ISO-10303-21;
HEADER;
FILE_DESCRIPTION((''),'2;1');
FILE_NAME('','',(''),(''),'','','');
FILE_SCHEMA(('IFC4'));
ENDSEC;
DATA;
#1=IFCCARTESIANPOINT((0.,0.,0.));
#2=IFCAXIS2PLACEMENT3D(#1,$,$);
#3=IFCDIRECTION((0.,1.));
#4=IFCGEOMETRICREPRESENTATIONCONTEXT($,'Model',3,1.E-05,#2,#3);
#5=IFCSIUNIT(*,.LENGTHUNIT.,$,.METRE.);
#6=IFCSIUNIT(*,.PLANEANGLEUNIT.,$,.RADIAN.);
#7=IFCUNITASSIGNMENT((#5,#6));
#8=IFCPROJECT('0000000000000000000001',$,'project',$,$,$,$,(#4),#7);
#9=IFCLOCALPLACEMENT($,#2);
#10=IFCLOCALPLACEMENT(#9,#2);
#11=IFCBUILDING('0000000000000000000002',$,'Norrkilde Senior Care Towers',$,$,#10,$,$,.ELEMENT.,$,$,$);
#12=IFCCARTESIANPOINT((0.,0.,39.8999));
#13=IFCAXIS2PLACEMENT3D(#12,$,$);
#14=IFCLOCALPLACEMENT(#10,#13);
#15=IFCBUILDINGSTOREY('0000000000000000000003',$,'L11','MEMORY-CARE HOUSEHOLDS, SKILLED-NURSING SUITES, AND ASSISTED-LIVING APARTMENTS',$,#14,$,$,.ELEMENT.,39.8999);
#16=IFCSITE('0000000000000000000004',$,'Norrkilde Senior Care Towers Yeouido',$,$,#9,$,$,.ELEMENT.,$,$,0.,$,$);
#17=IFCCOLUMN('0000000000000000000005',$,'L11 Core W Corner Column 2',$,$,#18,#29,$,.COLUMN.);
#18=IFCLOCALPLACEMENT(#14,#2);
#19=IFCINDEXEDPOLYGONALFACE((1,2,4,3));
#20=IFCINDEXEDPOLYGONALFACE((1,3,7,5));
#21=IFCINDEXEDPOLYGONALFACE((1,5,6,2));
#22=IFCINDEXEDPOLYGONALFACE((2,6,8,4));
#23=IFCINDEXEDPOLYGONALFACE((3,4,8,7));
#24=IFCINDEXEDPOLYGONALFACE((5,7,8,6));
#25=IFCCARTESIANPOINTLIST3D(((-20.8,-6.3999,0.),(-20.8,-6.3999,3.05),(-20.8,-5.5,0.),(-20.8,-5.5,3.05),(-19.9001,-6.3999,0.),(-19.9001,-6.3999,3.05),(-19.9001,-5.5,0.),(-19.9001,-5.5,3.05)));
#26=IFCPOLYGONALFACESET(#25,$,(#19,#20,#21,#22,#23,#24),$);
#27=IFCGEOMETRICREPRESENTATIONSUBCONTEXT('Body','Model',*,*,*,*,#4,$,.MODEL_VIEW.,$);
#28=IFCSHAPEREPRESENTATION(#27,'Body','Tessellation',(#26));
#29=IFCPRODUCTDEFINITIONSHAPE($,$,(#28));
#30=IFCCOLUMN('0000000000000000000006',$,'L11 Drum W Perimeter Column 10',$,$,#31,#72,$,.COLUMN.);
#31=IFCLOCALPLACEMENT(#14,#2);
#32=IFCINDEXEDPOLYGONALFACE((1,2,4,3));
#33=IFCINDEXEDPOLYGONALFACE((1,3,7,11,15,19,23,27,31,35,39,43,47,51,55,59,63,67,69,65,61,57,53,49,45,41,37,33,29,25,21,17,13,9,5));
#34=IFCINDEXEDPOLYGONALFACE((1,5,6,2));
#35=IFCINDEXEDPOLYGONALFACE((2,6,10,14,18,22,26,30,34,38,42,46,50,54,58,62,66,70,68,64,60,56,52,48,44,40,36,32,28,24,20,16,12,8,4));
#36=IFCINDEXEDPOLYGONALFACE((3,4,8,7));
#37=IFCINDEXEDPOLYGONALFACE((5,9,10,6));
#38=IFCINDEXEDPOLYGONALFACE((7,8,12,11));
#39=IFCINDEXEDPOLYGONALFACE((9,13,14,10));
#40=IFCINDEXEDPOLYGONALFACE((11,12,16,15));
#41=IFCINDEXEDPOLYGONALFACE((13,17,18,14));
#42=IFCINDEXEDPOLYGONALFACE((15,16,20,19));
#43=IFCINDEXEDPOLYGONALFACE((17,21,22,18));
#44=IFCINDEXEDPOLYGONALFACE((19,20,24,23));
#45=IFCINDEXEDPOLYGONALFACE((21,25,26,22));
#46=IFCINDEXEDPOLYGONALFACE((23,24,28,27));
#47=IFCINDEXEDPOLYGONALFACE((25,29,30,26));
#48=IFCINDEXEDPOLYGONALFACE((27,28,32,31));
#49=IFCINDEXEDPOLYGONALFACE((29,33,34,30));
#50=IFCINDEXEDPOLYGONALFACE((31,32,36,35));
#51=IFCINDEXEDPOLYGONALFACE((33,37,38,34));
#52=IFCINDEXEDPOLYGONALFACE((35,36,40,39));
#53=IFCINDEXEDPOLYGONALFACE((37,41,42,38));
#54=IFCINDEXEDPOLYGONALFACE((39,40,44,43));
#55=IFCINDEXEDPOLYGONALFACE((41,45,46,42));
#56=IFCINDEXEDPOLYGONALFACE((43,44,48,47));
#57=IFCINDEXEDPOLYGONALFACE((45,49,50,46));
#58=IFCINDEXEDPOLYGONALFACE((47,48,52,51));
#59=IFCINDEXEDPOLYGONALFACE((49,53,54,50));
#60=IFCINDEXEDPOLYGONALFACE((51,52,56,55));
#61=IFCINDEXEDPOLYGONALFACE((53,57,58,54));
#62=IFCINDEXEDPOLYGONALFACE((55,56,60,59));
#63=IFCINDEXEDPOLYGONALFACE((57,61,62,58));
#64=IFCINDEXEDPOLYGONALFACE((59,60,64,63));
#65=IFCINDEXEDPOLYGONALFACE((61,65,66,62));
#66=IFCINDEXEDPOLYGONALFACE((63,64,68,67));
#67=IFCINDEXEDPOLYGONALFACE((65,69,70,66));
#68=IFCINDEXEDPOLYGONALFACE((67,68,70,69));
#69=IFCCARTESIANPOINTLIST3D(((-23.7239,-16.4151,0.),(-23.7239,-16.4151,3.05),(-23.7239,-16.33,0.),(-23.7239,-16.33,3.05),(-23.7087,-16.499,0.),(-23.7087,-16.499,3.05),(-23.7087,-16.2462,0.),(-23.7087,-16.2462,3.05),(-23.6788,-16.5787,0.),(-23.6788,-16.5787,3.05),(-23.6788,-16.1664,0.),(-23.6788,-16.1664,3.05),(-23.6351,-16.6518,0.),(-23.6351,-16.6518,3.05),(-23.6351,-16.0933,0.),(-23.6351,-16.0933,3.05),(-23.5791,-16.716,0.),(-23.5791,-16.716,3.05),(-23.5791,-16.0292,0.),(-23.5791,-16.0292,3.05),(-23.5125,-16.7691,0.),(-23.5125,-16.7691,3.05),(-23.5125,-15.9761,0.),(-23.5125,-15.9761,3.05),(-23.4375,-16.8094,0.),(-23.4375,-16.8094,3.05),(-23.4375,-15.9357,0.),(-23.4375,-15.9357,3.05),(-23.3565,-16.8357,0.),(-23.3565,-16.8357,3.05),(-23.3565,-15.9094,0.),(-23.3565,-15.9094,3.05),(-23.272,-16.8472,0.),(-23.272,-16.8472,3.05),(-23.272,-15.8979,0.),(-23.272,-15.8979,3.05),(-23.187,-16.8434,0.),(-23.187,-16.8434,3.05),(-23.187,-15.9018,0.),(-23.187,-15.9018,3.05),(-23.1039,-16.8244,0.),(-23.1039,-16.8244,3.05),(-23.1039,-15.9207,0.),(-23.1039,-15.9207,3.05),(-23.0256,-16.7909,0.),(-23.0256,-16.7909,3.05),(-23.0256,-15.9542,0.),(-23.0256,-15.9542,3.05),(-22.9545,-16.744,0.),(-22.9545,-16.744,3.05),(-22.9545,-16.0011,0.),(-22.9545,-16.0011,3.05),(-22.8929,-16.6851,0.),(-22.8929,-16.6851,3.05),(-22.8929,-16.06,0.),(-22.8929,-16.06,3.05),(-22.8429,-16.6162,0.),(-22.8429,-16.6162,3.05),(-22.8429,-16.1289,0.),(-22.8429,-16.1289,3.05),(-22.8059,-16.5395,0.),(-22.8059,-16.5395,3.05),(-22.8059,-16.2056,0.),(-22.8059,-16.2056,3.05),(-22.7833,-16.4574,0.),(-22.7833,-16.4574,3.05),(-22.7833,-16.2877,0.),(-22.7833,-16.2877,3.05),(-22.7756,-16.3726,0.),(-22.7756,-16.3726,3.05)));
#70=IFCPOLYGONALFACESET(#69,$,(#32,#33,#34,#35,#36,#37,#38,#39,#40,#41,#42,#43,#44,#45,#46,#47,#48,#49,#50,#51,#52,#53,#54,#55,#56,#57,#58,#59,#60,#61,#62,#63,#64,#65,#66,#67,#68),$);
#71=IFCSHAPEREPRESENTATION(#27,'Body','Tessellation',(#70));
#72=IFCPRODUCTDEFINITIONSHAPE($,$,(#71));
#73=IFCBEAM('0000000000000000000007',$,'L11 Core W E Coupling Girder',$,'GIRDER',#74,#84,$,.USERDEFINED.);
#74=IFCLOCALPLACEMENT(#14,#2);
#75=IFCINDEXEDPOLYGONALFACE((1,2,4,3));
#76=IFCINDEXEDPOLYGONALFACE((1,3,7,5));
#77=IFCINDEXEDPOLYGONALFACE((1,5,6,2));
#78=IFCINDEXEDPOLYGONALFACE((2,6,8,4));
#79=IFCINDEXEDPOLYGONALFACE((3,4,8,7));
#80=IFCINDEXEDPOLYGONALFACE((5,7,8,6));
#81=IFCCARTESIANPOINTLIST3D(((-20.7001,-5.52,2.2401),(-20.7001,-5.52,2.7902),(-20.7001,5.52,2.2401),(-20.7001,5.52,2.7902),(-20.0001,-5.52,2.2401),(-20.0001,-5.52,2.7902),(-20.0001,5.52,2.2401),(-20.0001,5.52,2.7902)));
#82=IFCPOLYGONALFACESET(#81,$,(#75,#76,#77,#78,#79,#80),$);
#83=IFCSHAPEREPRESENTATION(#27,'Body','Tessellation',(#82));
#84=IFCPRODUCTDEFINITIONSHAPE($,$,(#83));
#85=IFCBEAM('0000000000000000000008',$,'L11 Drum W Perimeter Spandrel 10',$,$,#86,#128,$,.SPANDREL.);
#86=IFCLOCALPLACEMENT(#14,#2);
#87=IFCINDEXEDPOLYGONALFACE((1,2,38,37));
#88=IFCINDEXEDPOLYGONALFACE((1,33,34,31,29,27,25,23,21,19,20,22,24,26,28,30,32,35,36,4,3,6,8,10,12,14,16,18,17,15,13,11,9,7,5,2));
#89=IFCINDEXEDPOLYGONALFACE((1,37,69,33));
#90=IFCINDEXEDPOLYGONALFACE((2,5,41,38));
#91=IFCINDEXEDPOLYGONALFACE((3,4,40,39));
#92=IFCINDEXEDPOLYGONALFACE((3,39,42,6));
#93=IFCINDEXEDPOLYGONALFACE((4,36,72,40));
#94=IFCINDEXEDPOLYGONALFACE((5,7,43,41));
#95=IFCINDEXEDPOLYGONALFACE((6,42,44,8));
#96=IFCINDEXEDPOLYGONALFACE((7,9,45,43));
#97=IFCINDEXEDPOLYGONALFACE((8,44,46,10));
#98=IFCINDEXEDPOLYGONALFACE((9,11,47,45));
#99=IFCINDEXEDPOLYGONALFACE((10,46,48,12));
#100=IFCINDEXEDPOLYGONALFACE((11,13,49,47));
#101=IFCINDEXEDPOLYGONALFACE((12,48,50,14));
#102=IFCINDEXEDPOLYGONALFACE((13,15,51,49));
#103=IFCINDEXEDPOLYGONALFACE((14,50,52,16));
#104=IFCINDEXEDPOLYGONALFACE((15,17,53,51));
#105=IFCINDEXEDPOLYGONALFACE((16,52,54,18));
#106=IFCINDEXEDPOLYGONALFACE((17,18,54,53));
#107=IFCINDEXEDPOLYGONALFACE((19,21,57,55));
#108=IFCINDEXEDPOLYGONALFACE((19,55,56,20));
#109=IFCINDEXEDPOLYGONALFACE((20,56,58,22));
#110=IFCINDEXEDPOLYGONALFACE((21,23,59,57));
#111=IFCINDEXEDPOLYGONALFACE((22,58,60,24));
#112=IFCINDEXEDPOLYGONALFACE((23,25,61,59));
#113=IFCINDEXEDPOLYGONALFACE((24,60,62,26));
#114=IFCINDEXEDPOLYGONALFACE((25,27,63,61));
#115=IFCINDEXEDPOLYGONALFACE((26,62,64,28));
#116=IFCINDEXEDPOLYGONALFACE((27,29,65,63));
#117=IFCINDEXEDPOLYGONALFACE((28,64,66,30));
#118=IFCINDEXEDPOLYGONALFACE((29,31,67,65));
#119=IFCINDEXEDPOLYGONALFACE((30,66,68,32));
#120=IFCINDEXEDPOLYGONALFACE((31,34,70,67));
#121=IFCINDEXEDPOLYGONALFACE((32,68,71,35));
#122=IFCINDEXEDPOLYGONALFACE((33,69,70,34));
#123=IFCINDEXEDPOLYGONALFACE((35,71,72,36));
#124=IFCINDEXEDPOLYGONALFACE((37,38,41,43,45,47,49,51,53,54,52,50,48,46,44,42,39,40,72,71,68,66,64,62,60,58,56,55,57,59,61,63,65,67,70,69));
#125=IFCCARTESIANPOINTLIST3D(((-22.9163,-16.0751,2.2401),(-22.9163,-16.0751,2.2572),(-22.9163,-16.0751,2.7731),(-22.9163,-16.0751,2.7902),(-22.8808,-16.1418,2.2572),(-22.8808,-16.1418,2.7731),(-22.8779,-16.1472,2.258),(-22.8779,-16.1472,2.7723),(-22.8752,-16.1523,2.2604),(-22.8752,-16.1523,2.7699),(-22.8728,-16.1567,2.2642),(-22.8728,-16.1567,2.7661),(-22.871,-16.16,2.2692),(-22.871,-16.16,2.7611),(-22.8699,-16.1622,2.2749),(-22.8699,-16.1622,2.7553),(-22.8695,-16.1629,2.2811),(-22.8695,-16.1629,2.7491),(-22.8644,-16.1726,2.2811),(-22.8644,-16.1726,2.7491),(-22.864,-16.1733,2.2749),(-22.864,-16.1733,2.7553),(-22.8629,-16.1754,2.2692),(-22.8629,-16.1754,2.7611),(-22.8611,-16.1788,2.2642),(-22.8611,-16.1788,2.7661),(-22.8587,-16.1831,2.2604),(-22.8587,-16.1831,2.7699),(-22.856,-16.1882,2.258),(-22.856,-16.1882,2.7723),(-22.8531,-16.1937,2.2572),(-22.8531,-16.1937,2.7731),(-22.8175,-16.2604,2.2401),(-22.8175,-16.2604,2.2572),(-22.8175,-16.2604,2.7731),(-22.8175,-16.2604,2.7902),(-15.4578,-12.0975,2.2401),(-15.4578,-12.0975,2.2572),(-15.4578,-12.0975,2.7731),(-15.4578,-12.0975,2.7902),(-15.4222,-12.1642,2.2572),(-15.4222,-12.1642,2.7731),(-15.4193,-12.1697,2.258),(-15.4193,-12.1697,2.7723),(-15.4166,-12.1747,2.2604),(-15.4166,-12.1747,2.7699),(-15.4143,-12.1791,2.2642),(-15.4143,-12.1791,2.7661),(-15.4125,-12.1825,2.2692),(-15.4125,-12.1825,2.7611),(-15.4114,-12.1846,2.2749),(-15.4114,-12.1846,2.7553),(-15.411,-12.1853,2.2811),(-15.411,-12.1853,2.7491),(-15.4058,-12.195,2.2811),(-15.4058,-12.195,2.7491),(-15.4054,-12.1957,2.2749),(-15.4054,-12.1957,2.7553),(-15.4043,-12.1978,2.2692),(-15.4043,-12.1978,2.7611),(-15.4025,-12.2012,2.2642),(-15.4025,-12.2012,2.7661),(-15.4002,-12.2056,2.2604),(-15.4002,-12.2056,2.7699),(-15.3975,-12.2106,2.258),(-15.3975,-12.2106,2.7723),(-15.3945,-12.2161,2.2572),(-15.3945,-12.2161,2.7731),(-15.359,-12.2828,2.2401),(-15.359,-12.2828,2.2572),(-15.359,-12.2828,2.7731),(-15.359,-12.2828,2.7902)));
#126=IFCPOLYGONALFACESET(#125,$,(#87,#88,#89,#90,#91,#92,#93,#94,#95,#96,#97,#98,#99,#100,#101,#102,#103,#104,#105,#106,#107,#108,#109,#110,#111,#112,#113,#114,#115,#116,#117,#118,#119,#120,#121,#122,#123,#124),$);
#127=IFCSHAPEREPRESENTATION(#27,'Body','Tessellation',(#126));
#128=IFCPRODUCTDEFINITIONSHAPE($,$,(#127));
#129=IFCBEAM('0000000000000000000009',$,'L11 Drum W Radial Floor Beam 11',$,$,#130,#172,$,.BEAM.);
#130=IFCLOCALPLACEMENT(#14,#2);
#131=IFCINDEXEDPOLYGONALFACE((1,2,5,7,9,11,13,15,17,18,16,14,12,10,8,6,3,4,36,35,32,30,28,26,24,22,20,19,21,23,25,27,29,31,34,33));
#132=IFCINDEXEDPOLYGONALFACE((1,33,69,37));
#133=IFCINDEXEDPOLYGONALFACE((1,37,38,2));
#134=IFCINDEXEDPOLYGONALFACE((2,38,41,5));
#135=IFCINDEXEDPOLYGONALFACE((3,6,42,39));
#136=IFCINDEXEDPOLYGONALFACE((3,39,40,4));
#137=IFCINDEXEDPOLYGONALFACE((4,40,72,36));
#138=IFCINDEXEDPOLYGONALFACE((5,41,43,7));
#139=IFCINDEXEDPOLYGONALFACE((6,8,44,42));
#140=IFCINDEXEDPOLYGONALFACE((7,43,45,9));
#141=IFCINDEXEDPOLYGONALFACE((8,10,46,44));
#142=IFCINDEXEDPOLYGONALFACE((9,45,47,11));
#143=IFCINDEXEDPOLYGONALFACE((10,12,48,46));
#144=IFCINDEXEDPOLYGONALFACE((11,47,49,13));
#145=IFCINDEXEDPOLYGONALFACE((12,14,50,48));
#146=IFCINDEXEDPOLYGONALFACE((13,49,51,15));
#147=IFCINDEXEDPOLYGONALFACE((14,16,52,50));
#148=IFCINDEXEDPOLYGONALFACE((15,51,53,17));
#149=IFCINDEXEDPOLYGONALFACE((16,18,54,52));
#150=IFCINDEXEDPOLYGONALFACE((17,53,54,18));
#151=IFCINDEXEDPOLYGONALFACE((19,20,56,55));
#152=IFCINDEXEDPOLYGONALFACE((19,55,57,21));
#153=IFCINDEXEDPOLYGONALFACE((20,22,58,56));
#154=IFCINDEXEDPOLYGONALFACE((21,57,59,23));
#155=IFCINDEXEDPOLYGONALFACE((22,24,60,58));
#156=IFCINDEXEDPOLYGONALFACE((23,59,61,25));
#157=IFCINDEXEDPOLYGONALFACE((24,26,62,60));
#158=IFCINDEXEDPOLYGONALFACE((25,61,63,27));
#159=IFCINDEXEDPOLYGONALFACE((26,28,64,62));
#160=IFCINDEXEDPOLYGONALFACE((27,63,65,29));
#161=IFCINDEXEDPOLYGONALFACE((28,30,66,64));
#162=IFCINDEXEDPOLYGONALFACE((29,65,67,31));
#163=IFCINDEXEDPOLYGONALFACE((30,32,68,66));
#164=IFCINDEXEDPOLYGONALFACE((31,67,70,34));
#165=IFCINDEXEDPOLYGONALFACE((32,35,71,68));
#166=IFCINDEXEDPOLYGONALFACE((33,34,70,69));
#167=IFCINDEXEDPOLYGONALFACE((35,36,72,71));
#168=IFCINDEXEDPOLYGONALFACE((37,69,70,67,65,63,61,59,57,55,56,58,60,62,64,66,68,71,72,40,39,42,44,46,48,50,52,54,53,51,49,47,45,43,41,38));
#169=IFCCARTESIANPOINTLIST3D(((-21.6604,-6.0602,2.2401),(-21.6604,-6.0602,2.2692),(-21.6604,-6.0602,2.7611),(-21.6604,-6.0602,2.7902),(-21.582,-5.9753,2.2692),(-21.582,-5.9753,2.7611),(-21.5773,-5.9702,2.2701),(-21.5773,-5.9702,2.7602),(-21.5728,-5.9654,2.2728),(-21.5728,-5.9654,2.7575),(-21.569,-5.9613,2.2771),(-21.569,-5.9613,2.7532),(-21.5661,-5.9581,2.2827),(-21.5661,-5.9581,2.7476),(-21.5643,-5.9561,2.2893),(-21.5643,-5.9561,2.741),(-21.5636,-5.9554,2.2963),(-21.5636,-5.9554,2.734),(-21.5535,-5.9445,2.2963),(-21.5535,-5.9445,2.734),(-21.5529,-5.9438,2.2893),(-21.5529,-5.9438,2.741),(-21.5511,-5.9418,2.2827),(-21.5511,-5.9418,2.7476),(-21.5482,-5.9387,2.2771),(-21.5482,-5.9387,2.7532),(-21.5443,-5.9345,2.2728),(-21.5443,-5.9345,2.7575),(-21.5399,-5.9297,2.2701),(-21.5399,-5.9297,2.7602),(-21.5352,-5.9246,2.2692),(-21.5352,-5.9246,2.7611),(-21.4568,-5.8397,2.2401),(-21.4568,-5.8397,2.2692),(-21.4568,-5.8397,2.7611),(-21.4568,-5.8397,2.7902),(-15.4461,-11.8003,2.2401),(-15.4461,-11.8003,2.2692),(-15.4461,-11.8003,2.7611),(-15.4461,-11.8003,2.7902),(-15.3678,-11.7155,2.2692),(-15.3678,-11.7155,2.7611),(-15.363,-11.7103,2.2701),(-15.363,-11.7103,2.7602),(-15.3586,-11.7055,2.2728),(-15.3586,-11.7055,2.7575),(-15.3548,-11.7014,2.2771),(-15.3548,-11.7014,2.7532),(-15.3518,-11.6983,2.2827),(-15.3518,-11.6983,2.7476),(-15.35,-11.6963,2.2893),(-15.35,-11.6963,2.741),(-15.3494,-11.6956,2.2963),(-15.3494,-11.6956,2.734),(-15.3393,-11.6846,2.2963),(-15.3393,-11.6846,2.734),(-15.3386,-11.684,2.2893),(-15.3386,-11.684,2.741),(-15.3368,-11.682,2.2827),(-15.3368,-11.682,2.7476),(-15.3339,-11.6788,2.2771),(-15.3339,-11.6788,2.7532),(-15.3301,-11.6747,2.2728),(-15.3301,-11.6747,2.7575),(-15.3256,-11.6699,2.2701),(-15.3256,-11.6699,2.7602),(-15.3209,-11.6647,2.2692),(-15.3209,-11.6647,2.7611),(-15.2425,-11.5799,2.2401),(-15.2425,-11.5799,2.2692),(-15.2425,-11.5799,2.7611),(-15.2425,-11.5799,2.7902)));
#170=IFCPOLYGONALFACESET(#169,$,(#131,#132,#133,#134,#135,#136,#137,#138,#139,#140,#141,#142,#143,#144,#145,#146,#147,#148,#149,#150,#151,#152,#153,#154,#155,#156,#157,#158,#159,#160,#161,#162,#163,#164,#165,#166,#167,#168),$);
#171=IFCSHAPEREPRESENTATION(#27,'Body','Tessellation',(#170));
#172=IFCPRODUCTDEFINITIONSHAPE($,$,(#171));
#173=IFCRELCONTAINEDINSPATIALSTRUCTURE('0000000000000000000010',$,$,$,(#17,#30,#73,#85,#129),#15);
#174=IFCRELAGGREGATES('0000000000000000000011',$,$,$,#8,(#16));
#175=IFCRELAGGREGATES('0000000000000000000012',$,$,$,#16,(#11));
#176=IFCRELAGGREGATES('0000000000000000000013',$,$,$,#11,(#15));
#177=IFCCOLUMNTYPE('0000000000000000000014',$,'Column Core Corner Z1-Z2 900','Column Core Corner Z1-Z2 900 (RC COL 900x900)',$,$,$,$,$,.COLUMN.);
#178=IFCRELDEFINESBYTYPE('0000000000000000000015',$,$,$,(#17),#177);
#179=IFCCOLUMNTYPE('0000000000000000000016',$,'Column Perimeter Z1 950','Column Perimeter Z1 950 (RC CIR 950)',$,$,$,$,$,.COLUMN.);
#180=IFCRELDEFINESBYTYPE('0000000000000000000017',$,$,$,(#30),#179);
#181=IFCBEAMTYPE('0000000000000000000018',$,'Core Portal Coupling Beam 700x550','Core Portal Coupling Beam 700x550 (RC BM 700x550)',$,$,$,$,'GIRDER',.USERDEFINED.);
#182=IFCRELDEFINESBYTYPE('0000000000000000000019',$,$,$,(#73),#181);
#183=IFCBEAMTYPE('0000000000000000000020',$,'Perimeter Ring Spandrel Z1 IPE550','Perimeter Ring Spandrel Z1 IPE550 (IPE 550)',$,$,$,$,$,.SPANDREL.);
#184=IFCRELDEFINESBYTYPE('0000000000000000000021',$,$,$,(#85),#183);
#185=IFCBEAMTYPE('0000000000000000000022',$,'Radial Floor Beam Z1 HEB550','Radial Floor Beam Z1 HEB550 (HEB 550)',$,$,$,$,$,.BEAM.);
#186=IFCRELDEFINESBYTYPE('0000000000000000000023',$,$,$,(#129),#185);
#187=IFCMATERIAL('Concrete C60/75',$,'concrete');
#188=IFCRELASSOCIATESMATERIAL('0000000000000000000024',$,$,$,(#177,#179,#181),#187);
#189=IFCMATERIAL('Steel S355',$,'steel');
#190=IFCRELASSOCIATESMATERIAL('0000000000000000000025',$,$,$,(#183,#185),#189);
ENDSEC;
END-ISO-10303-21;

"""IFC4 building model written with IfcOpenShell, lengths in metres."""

from ifc_helpers import new_model, si_unit, direction, frame, origin, origin_2d, place, context, subcontext, project, spatial, rectangle, circle, i_section, extrude, source, transform, mapped, material, material_profile, profile_set, type_object, type_shapes, element, save


model = new_model("IFC4")

# Units and contexts
model_context = context("Model", 3, precision=1e-05, world=origin(), true_north=direction((0.0, 1.0)))
body_context = subcontext(model_context, "Body", "Model", "MODEL_VIEW")
ifc_project = project(units=[si_unit("LENGTHUNIT", "METRE"), si_unit("PLANEANGLEUNIT", "RADIAN")], contexts=[model_context])

# Site, building, storey
site_placement = place(None, origin())
site = spatial("IfcSite", under=ifc_project, at=site_placement, Name="Norrkilde Senior Care Towers Yeouido", CompositionType="ELEMENT", RefElevation=0.0)
building_placement = place(site_placement, origin())
building = spatial("IfcBuilding", under=site, at=building_placement, Name="Norrkilde Senior Care Towers", CompositionType="ELEMENT")
storey_placement = place(building_placement, frame((0.0, 0.0, 39.8999)))
storey = spatial("IfcBuildingStorey", under=building, at=storey_placement, Name="L11", Description="MEMORY-CARE HOUSEHOLDS, SKILLED-NURSING SUITES, AND ASSISTED-LIVING APARTMENTS", CompositionType="ELEMENT", Elevation=39.8999)

# Columns
ifc_material_1 = material(Name="Concrete C60/75", Category="concrete")
ifc_material_profile_1 = material_profile(ifc_material_1, rectangle(XDim=0.8999, YDim=0.8999, at=origin_2d()), Name="RC COL 900x900")
ifc_profile_set_1 = profile_set([ifc_material_profile_1], Name="Concrete C60/75")
column_type_1 = type_object("IfcColumnType", Name="Column Core Corner Z1-Z2 900", Description="Column Core Corner Z1-Z2 900 (RC COL 900x900)", PredefinedType="COLUMN", material=ifc_profile_set_1)
shared_shape_1 = source(origin(), body_context, "Body", "SweptSolid", [
    extrude(rectangle(XDim=0.8999, YDim=0.8999, at=origin_2d()), origin(), (0.0, 0.0, 1.0), 3.05),
])
type_shapes(column_type_1, [shared_shape_1])
column_1_placement = place(storey_placement, frame((-20.3501, -5.95, 0.0), z_axis=(0.0, 0.0, 1.0), x_axis=(1.0, 0.0, 0.0)))
element("IfcColumn", 1, at=column_1_placement, inside=storey, type_object=column_type_1, Name="L11 Core W Corner Column 2", PredefinedType="COLUMN", context=body_context, shape_type="MappedRepresentation", body=[
    mapped(shared_shape_1, transform((0.0, 0.0, 0.0), x_axis=(1.0, 0.0, 0.0), y_axis=(0.0, 1.0, 0.0), z_axis=(0.0, 0.0, 1.0), scale=1.0)),
])
ifc_material_profile_2 = material_profile(ifc_material_1, circle(Radius=0.4751, at=origin_2d()), Name="RC CIR 950")
ifc_profile_set_2 = profile_set([ifc_material_profile_2], Name="Concrete C60/75")
column_type_2 = type_object("IfcColumnType", Name="Column Perimeter Z1 950", Description="Column Perimeter Z1 950 (RC CIR 950)", PredefinedType="COLUMN", material=ifc_profile_set_2)
shared_shape_2 = source(origin(), body_context, "Body", "SweptSolid", [
    extrude(circle(Radius=0.4751, at=origin_2d()), origin(), (0.0, 0.0, 1.0), 3.05),
])
type_shapes(column_type_2, [shared_shape_2])
column_2_placement = place(storey_placement, frame((-23.2507, -16.3726, 0.0), z_axis=(0.0, 0.0, 1.0), x_axis=(1.0, 0.0, 0.0)))
element("IfcColumn", 2, at=column_2_placement, inside=storey, type_object=column_type_2, Name="L11 Drum W Perimeter Column 10", PredefinedType="COLUMN", context=body_context, shape_type="MappedRepresentation", body=[
    mapped(shared_shape_2, transform((0.0, 0.0, 0.0), x_axis=(1.0, 0.0, 0.0), y_axis=(0.0, 1.0, 0.0), z_axis=(0.0, 0.0, 1.0), scale=1.0)),
])

# Beams
ifc_material_profile_3 = material_profile(ifc_material_1, rectangle(XDim=0.7, YDim=0.55, at=origin_2d()), Name="RC BM 700x550")
ifc_profile_set_3 = profile_set([ifc_material_profile_3], Name="Concrete C60/75")
beam_type_1 = type_object("IfcBeamType", Name="Core Portal Coupling Beam 700x550", Description="Core Portal Coupling Beam 700x550 (RC BM 700x550)", ElementType="GIRDER", PredefinedType="USERDEFINED", material=ifc_profile_set_3)
shared_shape_3 = source(origin(), body_context, "Body", "SweptSolid", [
    extrude(rectangle(XDim=0.7, YDim=0.55, at=origin_2d()), origin(), (0.0, 0.0, 1.0), 11.04),
])
type_shapes(beam_type_1, [shared_shape_3])
beam_1_placement = place(storey_placement, frame((-20.3501, -5.52, 2.5151), z_axis=(0.0, 1.0, 0.0), x_axis=(-1.0, 0.0, 0.0)))
element("IfcBeam", 3, at=beam_1_placement, inside=storey, type_object=beam_type_1, Name="L11 Core W E Coupling Girder", ObjectType="GIRDER", PredefinedType="USERDEFINED", context=body_context, shape_type="MappedRepresentation", body=[
    mapped(shared_shape_3, transform((0.0, 0.0, 0.0), x_axis=(1.0, 0.0, 0.0), y_axis=(0.0, 1.0, 0.0), z_axis=(0.0, 0.0, 1.0), scale=1.0)),
])
ifc_material_2 = material(Name="Steel S355", Category="steel")
ifc_material_profile_4 = material_profile(ifc_material_2, i_section(OverallWidth=0.21, OverallDepth=0.55, WebThickness=0.011, FlangeThickness=0.0171, FilletRadius=0.0239, at=origin_2d()), Name="IPE 550")
ifc_profile_set_4 = profile_set([ifc_material_profile_4], Name="Steel S355")
beam_type_2 = type_object("IfcBeamType", Name="Perimeter Ring Spandrel Z1 IPE550", Description="Perimeter Ring Spandrel Z1 IPE550 (IPE 550)", PredefinedType="SPANDREL", material=ifc_profile_set_4)
shared_shape_4 = source(origin(), body_context, "Body", "SweptSolid", [
    extrude(i_section(OverallWidth=0.21, OverallDepth=0.55, WebThickness=0.011, FlangeThickness=0.0171, FilletRadius=0.0239, at=origin_2d()), origin(), (0.0, 0.0, 1.0), 8.4529),
])
type_shapes(beam_type_2, [shared_shape_4])
beam_2_placement = place(storey_placement, frame((-22.8669, -16.1677, 2.5151), z_axis=(0.882369, 0.470558, 0.0), x_axis=(-0.470558, 0.882369, 0.0)))
element("IfcBeam", 4, at=beam_2_placement, inside=storey, type_object=beam_type_2, Name="L11 Drum W Perimeter Spandrel 10", PredefinedType="SPANDREL", context=body_context, shape_type="MappedRepresentation", body=[
    mapped(shared_shape_4, transform((0.0, 0.0, 0.0), x_axis=(1.0, 0.0, 0.0), y_axis=(0.0, 1.0, 0.0), z_axis=(0.0, 0.0, 1.0), scale=1.0)),
])
ifc_material_profile_5 = material_profile(ifc_material_2, i_section(OverallWidth=0.3, OverallDepth=0.55, WebThickness=0.0149, FlangeThickness=0.0291, FilletRadius=0.0271, at=origin_2d()), Name="HEB 550")
ifc_profile_set_5 = profile_set([ifc_material_profile_5], Name="Steel S355")
beam_type_3 = type_object("IfcBeamType", Name="Radial Floor Beam Z1 HEB550", Description="Radial Floor Beam Z1 HEB550 (HEB 550)", PredefinedType="BEAM", material=ifc_profile_set_5)
shared_shape_5 = source(origin(), body_context, "Body", "SweptSolid", [
    extrude(i_section(OverallWidth=0.3, OverallDepth=0.55, WebThickness=0.0149, FlangeThickness=0.0291, FilletRadius=0.0271, at=origin_2d()), origin(), (0.0, 0.0, 1.0), 8.4597),
])
beam_3_placement = place(storey_placement, frame((-21.5586, -5.95, 2.5151), z_axis=(0.734573, -0.678529, 0.0), x_axis=(0.678529, 0.734573, 0.0)))
element("IfcBeam", 5, at=beam_3_placement, inside=storey, type_object=beam_type_3, Name="L11 Drum W Radial Floor Beam 11", PredefinedType="BEAM", context=body_context, shape_type="MappedRepresentation", body=[
    mapped(shared_shape_5, transform((0.0, 0.0, 0.0), x_axis=(1.0, 0.0, 0.0), y_axis=(0.0, 1.0, 0.0), z_axis=(0.0, 0.0, 1.0), scale=1.0)),
])

save(model, "model.ifc")
